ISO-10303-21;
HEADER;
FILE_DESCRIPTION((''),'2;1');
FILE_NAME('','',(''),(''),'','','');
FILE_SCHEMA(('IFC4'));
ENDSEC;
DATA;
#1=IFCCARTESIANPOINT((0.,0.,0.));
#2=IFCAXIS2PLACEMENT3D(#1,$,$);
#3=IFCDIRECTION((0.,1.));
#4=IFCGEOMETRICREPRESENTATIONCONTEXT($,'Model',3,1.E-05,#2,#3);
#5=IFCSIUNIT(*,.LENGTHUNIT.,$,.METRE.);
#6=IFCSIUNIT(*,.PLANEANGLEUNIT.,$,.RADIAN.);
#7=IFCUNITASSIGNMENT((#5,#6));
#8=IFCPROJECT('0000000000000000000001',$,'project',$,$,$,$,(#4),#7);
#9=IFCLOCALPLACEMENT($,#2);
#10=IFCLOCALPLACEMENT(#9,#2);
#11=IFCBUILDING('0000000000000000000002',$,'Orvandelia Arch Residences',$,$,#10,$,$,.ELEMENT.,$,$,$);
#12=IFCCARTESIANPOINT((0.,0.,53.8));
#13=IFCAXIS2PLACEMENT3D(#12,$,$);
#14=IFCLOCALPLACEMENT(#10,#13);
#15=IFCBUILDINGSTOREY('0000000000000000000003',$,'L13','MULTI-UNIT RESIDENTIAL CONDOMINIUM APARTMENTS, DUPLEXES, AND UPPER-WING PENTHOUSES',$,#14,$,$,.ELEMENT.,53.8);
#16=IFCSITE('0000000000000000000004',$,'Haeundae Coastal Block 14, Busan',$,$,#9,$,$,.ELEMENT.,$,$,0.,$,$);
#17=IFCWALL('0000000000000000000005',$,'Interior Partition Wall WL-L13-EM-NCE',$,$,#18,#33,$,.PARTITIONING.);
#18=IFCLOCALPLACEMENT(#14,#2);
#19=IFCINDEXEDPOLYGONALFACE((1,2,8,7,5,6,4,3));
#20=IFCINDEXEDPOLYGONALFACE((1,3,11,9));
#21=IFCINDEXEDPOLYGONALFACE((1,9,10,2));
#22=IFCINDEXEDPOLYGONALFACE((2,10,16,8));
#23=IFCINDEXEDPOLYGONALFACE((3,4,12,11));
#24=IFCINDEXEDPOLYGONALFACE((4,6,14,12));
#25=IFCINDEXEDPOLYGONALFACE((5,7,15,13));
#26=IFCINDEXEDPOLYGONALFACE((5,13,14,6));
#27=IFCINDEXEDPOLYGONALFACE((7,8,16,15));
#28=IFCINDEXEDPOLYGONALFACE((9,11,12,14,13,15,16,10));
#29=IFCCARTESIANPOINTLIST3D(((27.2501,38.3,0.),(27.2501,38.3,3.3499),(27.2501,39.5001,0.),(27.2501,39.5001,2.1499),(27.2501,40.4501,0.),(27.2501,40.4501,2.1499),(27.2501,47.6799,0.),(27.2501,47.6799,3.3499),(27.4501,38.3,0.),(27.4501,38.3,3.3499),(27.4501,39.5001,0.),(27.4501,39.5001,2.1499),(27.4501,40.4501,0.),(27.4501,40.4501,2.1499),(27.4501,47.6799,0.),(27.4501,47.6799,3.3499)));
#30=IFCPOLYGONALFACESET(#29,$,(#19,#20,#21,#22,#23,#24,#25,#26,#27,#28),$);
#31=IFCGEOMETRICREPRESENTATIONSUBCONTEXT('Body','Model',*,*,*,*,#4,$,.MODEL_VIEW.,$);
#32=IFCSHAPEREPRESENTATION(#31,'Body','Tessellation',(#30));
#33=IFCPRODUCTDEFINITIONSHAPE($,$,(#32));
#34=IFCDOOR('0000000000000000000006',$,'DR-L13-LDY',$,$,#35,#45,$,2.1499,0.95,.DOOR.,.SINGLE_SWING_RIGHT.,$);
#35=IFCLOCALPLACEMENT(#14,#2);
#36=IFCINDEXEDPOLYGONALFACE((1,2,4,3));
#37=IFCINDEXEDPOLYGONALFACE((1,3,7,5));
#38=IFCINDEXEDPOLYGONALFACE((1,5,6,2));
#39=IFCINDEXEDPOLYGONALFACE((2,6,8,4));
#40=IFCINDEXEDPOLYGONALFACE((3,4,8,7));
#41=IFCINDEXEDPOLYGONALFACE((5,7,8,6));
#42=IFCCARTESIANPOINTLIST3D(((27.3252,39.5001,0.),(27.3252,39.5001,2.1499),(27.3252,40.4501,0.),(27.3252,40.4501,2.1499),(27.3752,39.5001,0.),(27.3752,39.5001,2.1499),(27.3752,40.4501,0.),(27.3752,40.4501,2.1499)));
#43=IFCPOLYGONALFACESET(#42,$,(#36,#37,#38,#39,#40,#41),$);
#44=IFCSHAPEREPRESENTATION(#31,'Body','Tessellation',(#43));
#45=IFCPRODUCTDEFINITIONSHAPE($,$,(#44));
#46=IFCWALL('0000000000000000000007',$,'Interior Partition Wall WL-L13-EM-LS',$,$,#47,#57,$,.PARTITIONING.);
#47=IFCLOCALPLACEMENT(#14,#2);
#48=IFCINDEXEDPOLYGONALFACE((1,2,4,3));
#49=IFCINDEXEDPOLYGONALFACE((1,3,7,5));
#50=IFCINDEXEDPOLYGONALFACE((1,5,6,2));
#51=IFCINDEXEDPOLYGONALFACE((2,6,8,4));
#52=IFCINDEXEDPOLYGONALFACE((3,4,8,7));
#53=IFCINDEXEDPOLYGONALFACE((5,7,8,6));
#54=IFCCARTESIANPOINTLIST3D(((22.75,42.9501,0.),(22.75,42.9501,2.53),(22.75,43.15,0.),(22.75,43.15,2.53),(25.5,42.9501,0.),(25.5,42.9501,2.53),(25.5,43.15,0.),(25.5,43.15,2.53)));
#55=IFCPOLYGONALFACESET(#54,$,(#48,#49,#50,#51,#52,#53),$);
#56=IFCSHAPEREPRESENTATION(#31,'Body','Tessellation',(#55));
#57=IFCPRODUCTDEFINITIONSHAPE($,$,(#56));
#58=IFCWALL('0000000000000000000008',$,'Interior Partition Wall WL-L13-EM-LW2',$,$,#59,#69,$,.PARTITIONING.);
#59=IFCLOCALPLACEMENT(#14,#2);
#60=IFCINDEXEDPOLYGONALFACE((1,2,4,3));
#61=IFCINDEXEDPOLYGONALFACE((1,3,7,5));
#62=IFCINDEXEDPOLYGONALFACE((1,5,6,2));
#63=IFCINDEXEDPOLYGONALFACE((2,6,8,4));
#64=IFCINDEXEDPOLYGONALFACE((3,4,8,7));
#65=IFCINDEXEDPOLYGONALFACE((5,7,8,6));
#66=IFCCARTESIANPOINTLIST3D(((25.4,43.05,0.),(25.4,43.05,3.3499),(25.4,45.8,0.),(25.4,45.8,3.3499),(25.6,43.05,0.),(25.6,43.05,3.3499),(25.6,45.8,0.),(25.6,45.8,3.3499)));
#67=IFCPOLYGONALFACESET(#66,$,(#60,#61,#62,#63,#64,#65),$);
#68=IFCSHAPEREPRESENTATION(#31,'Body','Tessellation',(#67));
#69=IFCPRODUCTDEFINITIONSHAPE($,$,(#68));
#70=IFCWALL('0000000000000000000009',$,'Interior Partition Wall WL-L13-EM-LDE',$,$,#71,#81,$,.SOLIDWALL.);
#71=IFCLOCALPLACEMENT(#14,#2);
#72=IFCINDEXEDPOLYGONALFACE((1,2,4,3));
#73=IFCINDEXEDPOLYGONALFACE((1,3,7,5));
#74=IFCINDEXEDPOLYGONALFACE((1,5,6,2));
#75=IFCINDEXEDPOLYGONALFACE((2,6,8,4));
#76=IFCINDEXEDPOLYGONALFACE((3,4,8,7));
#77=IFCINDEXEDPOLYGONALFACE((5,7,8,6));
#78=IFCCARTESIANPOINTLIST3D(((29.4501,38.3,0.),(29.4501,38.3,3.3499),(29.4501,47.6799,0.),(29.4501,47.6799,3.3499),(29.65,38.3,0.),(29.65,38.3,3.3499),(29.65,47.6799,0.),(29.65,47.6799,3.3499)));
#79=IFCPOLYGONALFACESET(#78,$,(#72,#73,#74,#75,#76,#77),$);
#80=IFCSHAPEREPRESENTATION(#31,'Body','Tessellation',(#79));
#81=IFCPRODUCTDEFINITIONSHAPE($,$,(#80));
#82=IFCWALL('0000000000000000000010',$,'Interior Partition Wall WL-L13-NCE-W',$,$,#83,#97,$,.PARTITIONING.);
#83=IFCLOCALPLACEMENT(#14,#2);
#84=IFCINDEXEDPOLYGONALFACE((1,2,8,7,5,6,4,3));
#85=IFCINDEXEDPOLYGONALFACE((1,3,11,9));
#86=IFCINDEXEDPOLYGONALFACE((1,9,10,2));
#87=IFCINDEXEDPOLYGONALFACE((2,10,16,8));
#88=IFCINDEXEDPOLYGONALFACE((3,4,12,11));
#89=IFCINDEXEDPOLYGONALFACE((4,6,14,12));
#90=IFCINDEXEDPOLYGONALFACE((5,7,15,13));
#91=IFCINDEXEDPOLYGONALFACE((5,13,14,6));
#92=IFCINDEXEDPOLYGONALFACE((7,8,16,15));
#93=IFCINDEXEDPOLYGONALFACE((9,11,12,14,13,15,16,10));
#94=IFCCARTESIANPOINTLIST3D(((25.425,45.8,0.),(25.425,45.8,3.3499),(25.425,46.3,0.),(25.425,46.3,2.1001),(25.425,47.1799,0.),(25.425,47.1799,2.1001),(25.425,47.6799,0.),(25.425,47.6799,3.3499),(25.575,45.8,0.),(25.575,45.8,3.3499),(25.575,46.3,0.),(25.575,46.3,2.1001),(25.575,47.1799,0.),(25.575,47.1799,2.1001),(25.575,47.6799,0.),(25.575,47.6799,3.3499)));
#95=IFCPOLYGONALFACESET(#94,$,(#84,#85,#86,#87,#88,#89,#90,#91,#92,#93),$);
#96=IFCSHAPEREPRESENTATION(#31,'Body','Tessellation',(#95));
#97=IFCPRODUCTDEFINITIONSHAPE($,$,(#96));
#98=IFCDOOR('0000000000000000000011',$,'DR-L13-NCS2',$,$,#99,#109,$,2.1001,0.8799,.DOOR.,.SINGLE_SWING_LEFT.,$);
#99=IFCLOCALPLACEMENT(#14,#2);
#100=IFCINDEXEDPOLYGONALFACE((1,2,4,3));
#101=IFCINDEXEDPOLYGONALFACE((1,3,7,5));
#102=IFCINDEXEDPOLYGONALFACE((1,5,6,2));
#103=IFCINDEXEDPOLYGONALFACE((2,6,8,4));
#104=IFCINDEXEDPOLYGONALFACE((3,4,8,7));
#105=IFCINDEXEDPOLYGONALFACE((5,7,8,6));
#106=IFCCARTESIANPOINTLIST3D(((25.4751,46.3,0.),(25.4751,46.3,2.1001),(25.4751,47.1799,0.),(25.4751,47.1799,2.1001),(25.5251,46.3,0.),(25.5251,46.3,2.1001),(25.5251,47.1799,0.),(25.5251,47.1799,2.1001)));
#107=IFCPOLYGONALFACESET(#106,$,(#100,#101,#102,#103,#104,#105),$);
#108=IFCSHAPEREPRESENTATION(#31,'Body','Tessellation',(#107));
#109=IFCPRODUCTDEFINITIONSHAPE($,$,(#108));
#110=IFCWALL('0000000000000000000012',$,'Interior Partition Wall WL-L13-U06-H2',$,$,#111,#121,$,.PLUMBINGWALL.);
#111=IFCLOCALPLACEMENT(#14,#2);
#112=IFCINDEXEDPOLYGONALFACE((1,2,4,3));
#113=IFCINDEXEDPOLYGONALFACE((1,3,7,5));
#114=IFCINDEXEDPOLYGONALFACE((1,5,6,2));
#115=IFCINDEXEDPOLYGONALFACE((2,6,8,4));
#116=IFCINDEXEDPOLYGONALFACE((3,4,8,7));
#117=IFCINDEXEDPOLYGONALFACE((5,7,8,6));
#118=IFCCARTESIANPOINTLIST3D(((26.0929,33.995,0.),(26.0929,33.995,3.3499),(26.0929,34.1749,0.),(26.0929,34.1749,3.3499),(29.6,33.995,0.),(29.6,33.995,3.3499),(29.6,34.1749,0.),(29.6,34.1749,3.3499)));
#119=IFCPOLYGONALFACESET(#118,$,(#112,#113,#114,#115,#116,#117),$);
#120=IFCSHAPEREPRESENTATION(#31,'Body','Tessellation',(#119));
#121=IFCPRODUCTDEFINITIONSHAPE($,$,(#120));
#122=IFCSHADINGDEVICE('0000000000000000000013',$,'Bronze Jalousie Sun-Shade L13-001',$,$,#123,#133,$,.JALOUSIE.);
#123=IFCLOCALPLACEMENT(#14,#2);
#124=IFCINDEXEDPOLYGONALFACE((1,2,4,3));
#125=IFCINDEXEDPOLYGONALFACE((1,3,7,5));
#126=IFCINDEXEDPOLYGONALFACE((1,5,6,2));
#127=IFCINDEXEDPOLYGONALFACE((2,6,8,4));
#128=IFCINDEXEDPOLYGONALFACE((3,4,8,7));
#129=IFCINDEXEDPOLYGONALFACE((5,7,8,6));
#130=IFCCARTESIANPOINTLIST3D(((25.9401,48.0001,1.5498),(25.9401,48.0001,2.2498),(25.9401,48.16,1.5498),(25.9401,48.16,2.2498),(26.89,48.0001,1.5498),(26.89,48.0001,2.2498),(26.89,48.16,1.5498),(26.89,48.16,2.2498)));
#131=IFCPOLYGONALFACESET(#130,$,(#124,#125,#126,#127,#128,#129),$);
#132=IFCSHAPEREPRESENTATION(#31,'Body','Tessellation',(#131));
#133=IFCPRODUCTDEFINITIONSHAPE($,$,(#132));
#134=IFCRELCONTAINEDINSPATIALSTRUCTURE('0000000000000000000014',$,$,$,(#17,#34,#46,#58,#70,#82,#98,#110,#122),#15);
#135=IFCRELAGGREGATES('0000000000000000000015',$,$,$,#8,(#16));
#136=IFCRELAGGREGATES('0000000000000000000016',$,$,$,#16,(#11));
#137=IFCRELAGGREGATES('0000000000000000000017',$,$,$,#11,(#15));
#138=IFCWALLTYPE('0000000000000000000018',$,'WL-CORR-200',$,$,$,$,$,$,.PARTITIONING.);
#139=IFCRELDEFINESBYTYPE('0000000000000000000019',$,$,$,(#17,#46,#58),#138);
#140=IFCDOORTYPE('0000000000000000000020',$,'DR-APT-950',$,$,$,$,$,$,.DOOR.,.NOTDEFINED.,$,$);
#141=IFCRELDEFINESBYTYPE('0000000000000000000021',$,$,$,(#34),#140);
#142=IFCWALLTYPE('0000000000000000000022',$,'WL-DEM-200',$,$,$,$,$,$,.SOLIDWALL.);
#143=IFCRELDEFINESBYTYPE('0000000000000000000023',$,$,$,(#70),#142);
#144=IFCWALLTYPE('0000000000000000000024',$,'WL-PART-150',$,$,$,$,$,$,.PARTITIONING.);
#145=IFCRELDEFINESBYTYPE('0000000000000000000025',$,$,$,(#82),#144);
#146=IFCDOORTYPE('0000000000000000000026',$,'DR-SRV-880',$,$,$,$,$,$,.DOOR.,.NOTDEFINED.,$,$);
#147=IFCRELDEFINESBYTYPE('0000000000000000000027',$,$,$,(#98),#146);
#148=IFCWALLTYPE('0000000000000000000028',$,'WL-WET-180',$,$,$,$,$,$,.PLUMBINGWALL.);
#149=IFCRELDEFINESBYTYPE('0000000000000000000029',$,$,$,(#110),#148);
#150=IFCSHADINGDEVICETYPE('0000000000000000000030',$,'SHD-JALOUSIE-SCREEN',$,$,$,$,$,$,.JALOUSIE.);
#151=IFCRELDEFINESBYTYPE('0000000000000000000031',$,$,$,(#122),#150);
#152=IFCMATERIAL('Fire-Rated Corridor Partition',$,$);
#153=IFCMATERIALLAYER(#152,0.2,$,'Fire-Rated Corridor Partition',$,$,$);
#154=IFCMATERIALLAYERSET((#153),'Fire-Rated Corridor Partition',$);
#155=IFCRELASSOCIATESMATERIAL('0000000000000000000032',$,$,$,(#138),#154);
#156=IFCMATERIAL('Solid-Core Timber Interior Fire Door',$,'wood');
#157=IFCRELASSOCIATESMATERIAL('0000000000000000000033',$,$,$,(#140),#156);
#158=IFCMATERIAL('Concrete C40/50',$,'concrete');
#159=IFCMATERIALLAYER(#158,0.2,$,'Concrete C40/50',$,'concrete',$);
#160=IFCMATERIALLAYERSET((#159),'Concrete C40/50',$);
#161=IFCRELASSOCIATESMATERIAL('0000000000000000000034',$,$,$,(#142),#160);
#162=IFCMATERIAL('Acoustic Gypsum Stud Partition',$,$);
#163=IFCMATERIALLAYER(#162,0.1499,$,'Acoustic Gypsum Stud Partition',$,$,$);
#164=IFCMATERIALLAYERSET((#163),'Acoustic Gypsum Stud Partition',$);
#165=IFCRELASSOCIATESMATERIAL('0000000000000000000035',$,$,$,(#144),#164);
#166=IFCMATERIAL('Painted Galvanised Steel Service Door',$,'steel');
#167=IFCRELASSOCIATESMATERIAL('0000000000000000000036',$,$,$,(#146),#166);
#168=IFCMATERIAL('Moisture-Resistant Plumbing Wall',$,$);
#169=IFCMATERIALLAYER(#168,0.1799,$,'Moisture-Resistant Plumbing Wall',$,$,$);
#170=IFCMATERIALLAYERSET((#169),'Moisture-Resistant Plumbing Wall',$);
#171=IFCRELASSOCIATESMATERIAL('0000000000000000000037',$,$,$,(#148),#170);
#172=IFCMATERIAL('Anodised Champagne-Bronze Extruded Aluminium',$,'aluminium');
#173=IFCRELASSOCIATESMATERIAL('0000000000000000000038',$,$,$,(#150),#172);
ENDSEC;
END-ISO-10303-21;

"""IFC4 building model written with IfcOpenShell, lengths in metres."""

from ifc_helpers import new_model, si_unit, direction, frame, frame_2d, origin, origin_2d, place, context, subcontext, project, spatial, rectangle, extrude, material, layer, layer_set, type_object, element, fill, save


model = new_model("IFC4")

# Units and contexts
model_context = context("Model", 3, precision=1e-05, world=origin(), true_north=direction((0.0, 1.0)))
body_context = subcontext(model_context, "Body", "Model", "MODEL_VIEW")
ifc_project = project(units=[si_unit("LENGTHUNIT", "METRE"), si_unit("PLANEANGLEUNIT", "RADIAN")], contexts=[model_context])

# Site, building, storey
site_placement = place(None, origin())
site = spatial("IfcSite", under=ifc_project, at=site_placement, Name="Haeundae Coastal Block 14, Busan", CompositionType="ELEMENT", RefElevation=0.0)
building_placement = place(site_placement, origin())
building = spatial("IfcBuilding", under=site, at=building_placement, Name="Orvandelia Arch Residences", CompositionType="ELEMENT")
storey_placement = place(building_placement, frame((0.0, 0.0, 53.8)))
storey = spatial("IfcBuildingStorey", under=building, at=storey_placement, Name="L13", Description="MULTI-UNIT RESIDENTIAL CONDOMINIUM APARTMENTS, DUPLEXES, AND UPPER-WING PENTHOUSES", CompositionType="ELEMENT", Elevation=53.8)

# Shared definitions
ifc_material_1 = material(Name="Fire-Rated Corridor Partition")
ifc_layer_1 = layer(ifc_material_1, 0.2, Name="Fire-Rated Corridor Partition")
ifc_layer_set_1 = layer_set([ifc_layer_1], Name="Fire-Rated Corridor Partition")
wall_type_1 = type_object("IfcWallType", Name="WL-CORR-200", PredefinedType="PARTITIONING", material=ifc_layer_set_1)

# Wall, opening, door
wall_1_placement = place(storey_placement, frame((27.3501, 38.3, 0.0), z_axis=(0.0, 0.0, 1.0), x_axis=(0.0, 1.0, 0.0)))
wall_1 = element("IfcWall", 1, at=wall_1_placement, inside=storey, type_object=wall_type_1, Name="Interior Partition Wall WL-L13-EM-NCE", PredefinedType="PARTITIONING", context=body_context, shape_type="SweptSolid", body=[
    extrude(rectangle(XDim=9.3799, YDim=0.2, at=frame_2d((4.6899, 0.0))), origin(), (0.0, 0.0, 1.0), 3.3499),
])
opening_1_placement = place(wall_1_placement, frame((1.2, 0.0, 0.0)))
opening_1 = element("IfcOpeningElement", 2, at=opening_1_placement, cuts=wall_1, PredefinedType="OPENING", context=body_context, shape_type="SweptSolid", body=[
    extrude(rectangle(XDim=0.95, YDim=2.1499, at=frame_2d((0.4751, 1.075))), frame((0.0, 0.1099, 0.0), z_axis=(0.0, -1.0, 0.0), x_axis=(1.0, 0.0, 0.0)), (0.0, 0.0, 1.0), 0.22),
])
ifc_material_2 = material(Name="Solid-Core Timber Interior Fire Door", Category="wood")
door_type_1 = type_object("IfcDoorType", Name="DR-APT-950", OperationType="NOTDEFINED", PredefinedType="DOOR", material=ifc_material_2)
door_1_placement = place(opening_1_placement, origin())
door_1 = element("IfcDoor", 3, at=door_1_placement, inside=storey, type_object=door_type_1, Name="DR-L13-LDY", OperationType="SINGLE_SWING_RIGHT", OverallHeight=2.1499, OverallWidth=0.95, PredefinedType="DOOR", context=body_context, shape_type="SweptSolid", body=[
    extrude(rectangle(XDim=0.95, YDim=2.1499, at=frame_2d((0.4751, 1.075))), frame((0.0, 0.0249, 0.0), z_axis=(0.0, -1.0, 0.0), x_axis=(1.0, 0.0, 0.0)), (0.0, 0.0, 1.0), 0.05),
])
fill(opening_1, door_1)

# Walls
wall_2_placement = place(storey_placement, frame((22.75, 43.05, 0.0), z_axis=(0.0, 0.0, 1.0), x_axis=(1.0, 0.0, 0.0)))
element("IfcWall", 4, at=wall_2_placement, inside=storey, type_object=wall_type_1, Name="Interior Partition Wall WL-L13-EM-LS", PredefinedType="PARTITIONING", context=body_context, shape_type="SweptSolid", body=[
    extrude(rectangle(XDim=2.75, YDim=0.2, at=frame_2d((1.375, 0.0))), origin(), (0.0, 0.0, 1.0), 2.53),
])
wall_3_placement = place(storey_placement, frame((25.5, 43.05, 0.0), z_axis=(0.0, 0.0, 1.0), x_axis=(0.0, 1.0, 0.0)))
element("IfcWall", 5, at=wall_3_placement, inside=storey, type_object=wall_type_1, Name="Interior Partition Wall WL-L13-EM-LW2", PredefinedType="PARTITIONING", context=body_context, shape_type="SweptSolid", body=[
    extrude(rectangle(XDim=2.75, YDim=0.2, at=frame_2d((1.375, 0.0))), origin(), (0.0, 0.0, 1.0), 3.3499),
])
ifc_material_3 = material(Name="Concrete C40/50", Category="concrete")
ifc_layer_2 = layer(ifc_material_3, 0.2, Name="Concrete C40/50", Category="concrete")
ifc_layer_set_2 = layer_set([ifc_layer_2], Name="Concrete C40/50")
wall_type_2 = type_object("IfcWallType", Name="WL-DEM-200", PredefinedType="SOLIDWALL", material=ifc_layer_set_2)
wall_4_placement = place(storey_placement, frame((29.55, 38.3, 0.0), z_axis=(0.0, 0.0, 1.0), x_axis=(0.0, 1.0, 0.0)))
element("IfcWall", 6, at=wall_4_placement, inside=storey, type_object=wall_type_2, Name="Interior Partition Wall WL-L13-EM-LDE", PredefinedType="SOLIDWALL", context=body_context, shape_type="SweptSolid", body=[
    extrude(rectangle(XDim=9.3799, YDim=0.2, at=frame_2d((4.6899, 0.0))), origin(), (0.0, 0.0, 1.0), 3.3499),
])

# Wall, opening, door
ifc_material_4 = material(Name="Acoustic Gypsum Stud Partition")
ifc_layer_3 = layer(ifc_material_4, 0.1499, Name="Acoustic Gypsum Stud Partition")
ifc_layer_set_3 = layer_set([ifc_layer_3], Name="Acoustic Gypsum Stud Partition")
wall_type_3 = type_object("IfcWallType", Name="WL-PART-150", PredefinedType="PARTITIONING", material=ifc_layer_set_3)
wall_5_placement = place(storey_placement, frame((25.5, 45.8, 0.0), z_axis=(0.0, 0.0, 1.0), x_axis=(0.0, 1.0, 0.0)))
wall_5 = element("IfcWall", 7, at=wall_5_placement, inside=storey, type_object=wall_type_3, Name="Interior Partition Wall WL-L13-NCE-W", PredefinedType="PARTITIONING", context=body_context, shape_type="SweptSolid", body=[
    extrude(rectangle(XDim=1.8799, YDim=0.1499, at=frame_2d((0.9399, 0.0))), origin(), (0.0, 0.0, 1.0), 3.3499),
])
opening_2_placement = place(wall_5_placement, frame((0.5, 0.0, 0.0)))
opening_2 = element("IfcOpeningElement", 8, at=opening_2_placement, cuts=wall_5, PredefinedType="OPENING", context=body_context, shape_type="SweptSolid", body=[
    extrude(rectangle(XDim=0.8799, YDim=2.1001, at=frame_2d((0.4399, 1.05))), frame((0.0, 0.085, 0.0), z_axis=(0.0, -1.0, 0.0), x_axis=(1.0, 0.0, 0.0)), (0.0, 0.0, 1.0), 0.1699),
])
ifc_material_5 = material(Name="Painted Galvanised Steel Service Door", Category="steel")
door_type_2 = type_object("IfcDoorType", Name="DR-SRV-880", OperationType="NOTDEFINED", PredefinedType="DOOR", material=ifc_material_5)
door_2_placement = place(opening_2_placement, origin())
door_2 = element("IfcDoor", 9, at=door_2_placement, inside=storey, type_object=door_type_2, Name="DR-L13-NCS2", OperationType="SINGLE_SWING_LEFT", OverallHeight=2.1001, OverallWidth=0.8799, PredefinedType="DOOR", context=body_context, shape_type="SweptSolid", body=[
    extrude(rectangle(XDim=0.8799, YDim=2.1001, at=frame_2d((0.4399, 1.05))), frame((0.0, 0.0249, 0.0), z_axis=(0.0, -1.0, 0.0), x_axis=(1.0, 0.0, 0.0)), (0.0, 0.0, 1.0), 0.05),
])
fill(opening_2, door_2)

# Wall
ifc_material_6 = material(Name="Moisture-Resistant Plumbing Wall")
ifc_layer_4 = layer(ifc_material_6, 0.1799, Name="Moisture-Resistant Plumbing Wall")
ifc_layer_set_4 = layer_set([ifc_layer_4], Name="Moisture-Resistant Plumbing Wall")
wall_type_4 = type_object("IfcWallType", Name="WL-WET-180", PredefinedType="PLUMBINGWALL", material=ifc_layer_set_4)
wall_6_placement = place(storey_placement, frame((26.093, 34.085, 0.0), z_axis=(0.0, 0.0, 1.0), x_axis=(1.0, 0.0, 0.0)))
element("IfcWall", 10, at=wall_6_placement, inside=storey, type_object=wall_type_4, Name="Interior Partition Wall WL-L13-U06-H2", PredefinedType="PLUMBINGWALL", context=body_context, shape_type="SweptSolid", body=[
    extrude(rectangle(XDim=3.5071, YDim=0.1799, at=frame_2d((1.7534, 0.0))), origin(), (0.0, 0.0, 1.0), 3.3499),
])

# Shading device
ifc_material_7 = material(Name="Anodised Champagne-Bronze Extruded Aluminium", Category="aluminium")
shading_device_type = type_object("IfcShadingDeviceType", Name="SHD-JALOUSIE-SCREEN", PredefinedType="JALOUSIE", material=ifc_material_7)
shading_device_placement = place(storey_placement, frame((26.415, 48.0801, 1.5498), z_axis=(0.0, 0.0, 1.0), x_axis=(1.0, 0.0, 0.0)))
element("IfcShadingDevice", 11, at=shading_device_placement, inside=storey, type_object=shading_device_type, Name="Bronze Jalousie Sun-Shade L13-001", PredefinedType="JALOUSIE", context=body_context, shape_type="SweptSolid", body=[
    extrude(rectangle(XDim=0.95, YDim=0.1599, at=origin_2d()), origin(), (0.0, 0.0, 1.0), 0.7),
])

save(model, "model.ifc")
